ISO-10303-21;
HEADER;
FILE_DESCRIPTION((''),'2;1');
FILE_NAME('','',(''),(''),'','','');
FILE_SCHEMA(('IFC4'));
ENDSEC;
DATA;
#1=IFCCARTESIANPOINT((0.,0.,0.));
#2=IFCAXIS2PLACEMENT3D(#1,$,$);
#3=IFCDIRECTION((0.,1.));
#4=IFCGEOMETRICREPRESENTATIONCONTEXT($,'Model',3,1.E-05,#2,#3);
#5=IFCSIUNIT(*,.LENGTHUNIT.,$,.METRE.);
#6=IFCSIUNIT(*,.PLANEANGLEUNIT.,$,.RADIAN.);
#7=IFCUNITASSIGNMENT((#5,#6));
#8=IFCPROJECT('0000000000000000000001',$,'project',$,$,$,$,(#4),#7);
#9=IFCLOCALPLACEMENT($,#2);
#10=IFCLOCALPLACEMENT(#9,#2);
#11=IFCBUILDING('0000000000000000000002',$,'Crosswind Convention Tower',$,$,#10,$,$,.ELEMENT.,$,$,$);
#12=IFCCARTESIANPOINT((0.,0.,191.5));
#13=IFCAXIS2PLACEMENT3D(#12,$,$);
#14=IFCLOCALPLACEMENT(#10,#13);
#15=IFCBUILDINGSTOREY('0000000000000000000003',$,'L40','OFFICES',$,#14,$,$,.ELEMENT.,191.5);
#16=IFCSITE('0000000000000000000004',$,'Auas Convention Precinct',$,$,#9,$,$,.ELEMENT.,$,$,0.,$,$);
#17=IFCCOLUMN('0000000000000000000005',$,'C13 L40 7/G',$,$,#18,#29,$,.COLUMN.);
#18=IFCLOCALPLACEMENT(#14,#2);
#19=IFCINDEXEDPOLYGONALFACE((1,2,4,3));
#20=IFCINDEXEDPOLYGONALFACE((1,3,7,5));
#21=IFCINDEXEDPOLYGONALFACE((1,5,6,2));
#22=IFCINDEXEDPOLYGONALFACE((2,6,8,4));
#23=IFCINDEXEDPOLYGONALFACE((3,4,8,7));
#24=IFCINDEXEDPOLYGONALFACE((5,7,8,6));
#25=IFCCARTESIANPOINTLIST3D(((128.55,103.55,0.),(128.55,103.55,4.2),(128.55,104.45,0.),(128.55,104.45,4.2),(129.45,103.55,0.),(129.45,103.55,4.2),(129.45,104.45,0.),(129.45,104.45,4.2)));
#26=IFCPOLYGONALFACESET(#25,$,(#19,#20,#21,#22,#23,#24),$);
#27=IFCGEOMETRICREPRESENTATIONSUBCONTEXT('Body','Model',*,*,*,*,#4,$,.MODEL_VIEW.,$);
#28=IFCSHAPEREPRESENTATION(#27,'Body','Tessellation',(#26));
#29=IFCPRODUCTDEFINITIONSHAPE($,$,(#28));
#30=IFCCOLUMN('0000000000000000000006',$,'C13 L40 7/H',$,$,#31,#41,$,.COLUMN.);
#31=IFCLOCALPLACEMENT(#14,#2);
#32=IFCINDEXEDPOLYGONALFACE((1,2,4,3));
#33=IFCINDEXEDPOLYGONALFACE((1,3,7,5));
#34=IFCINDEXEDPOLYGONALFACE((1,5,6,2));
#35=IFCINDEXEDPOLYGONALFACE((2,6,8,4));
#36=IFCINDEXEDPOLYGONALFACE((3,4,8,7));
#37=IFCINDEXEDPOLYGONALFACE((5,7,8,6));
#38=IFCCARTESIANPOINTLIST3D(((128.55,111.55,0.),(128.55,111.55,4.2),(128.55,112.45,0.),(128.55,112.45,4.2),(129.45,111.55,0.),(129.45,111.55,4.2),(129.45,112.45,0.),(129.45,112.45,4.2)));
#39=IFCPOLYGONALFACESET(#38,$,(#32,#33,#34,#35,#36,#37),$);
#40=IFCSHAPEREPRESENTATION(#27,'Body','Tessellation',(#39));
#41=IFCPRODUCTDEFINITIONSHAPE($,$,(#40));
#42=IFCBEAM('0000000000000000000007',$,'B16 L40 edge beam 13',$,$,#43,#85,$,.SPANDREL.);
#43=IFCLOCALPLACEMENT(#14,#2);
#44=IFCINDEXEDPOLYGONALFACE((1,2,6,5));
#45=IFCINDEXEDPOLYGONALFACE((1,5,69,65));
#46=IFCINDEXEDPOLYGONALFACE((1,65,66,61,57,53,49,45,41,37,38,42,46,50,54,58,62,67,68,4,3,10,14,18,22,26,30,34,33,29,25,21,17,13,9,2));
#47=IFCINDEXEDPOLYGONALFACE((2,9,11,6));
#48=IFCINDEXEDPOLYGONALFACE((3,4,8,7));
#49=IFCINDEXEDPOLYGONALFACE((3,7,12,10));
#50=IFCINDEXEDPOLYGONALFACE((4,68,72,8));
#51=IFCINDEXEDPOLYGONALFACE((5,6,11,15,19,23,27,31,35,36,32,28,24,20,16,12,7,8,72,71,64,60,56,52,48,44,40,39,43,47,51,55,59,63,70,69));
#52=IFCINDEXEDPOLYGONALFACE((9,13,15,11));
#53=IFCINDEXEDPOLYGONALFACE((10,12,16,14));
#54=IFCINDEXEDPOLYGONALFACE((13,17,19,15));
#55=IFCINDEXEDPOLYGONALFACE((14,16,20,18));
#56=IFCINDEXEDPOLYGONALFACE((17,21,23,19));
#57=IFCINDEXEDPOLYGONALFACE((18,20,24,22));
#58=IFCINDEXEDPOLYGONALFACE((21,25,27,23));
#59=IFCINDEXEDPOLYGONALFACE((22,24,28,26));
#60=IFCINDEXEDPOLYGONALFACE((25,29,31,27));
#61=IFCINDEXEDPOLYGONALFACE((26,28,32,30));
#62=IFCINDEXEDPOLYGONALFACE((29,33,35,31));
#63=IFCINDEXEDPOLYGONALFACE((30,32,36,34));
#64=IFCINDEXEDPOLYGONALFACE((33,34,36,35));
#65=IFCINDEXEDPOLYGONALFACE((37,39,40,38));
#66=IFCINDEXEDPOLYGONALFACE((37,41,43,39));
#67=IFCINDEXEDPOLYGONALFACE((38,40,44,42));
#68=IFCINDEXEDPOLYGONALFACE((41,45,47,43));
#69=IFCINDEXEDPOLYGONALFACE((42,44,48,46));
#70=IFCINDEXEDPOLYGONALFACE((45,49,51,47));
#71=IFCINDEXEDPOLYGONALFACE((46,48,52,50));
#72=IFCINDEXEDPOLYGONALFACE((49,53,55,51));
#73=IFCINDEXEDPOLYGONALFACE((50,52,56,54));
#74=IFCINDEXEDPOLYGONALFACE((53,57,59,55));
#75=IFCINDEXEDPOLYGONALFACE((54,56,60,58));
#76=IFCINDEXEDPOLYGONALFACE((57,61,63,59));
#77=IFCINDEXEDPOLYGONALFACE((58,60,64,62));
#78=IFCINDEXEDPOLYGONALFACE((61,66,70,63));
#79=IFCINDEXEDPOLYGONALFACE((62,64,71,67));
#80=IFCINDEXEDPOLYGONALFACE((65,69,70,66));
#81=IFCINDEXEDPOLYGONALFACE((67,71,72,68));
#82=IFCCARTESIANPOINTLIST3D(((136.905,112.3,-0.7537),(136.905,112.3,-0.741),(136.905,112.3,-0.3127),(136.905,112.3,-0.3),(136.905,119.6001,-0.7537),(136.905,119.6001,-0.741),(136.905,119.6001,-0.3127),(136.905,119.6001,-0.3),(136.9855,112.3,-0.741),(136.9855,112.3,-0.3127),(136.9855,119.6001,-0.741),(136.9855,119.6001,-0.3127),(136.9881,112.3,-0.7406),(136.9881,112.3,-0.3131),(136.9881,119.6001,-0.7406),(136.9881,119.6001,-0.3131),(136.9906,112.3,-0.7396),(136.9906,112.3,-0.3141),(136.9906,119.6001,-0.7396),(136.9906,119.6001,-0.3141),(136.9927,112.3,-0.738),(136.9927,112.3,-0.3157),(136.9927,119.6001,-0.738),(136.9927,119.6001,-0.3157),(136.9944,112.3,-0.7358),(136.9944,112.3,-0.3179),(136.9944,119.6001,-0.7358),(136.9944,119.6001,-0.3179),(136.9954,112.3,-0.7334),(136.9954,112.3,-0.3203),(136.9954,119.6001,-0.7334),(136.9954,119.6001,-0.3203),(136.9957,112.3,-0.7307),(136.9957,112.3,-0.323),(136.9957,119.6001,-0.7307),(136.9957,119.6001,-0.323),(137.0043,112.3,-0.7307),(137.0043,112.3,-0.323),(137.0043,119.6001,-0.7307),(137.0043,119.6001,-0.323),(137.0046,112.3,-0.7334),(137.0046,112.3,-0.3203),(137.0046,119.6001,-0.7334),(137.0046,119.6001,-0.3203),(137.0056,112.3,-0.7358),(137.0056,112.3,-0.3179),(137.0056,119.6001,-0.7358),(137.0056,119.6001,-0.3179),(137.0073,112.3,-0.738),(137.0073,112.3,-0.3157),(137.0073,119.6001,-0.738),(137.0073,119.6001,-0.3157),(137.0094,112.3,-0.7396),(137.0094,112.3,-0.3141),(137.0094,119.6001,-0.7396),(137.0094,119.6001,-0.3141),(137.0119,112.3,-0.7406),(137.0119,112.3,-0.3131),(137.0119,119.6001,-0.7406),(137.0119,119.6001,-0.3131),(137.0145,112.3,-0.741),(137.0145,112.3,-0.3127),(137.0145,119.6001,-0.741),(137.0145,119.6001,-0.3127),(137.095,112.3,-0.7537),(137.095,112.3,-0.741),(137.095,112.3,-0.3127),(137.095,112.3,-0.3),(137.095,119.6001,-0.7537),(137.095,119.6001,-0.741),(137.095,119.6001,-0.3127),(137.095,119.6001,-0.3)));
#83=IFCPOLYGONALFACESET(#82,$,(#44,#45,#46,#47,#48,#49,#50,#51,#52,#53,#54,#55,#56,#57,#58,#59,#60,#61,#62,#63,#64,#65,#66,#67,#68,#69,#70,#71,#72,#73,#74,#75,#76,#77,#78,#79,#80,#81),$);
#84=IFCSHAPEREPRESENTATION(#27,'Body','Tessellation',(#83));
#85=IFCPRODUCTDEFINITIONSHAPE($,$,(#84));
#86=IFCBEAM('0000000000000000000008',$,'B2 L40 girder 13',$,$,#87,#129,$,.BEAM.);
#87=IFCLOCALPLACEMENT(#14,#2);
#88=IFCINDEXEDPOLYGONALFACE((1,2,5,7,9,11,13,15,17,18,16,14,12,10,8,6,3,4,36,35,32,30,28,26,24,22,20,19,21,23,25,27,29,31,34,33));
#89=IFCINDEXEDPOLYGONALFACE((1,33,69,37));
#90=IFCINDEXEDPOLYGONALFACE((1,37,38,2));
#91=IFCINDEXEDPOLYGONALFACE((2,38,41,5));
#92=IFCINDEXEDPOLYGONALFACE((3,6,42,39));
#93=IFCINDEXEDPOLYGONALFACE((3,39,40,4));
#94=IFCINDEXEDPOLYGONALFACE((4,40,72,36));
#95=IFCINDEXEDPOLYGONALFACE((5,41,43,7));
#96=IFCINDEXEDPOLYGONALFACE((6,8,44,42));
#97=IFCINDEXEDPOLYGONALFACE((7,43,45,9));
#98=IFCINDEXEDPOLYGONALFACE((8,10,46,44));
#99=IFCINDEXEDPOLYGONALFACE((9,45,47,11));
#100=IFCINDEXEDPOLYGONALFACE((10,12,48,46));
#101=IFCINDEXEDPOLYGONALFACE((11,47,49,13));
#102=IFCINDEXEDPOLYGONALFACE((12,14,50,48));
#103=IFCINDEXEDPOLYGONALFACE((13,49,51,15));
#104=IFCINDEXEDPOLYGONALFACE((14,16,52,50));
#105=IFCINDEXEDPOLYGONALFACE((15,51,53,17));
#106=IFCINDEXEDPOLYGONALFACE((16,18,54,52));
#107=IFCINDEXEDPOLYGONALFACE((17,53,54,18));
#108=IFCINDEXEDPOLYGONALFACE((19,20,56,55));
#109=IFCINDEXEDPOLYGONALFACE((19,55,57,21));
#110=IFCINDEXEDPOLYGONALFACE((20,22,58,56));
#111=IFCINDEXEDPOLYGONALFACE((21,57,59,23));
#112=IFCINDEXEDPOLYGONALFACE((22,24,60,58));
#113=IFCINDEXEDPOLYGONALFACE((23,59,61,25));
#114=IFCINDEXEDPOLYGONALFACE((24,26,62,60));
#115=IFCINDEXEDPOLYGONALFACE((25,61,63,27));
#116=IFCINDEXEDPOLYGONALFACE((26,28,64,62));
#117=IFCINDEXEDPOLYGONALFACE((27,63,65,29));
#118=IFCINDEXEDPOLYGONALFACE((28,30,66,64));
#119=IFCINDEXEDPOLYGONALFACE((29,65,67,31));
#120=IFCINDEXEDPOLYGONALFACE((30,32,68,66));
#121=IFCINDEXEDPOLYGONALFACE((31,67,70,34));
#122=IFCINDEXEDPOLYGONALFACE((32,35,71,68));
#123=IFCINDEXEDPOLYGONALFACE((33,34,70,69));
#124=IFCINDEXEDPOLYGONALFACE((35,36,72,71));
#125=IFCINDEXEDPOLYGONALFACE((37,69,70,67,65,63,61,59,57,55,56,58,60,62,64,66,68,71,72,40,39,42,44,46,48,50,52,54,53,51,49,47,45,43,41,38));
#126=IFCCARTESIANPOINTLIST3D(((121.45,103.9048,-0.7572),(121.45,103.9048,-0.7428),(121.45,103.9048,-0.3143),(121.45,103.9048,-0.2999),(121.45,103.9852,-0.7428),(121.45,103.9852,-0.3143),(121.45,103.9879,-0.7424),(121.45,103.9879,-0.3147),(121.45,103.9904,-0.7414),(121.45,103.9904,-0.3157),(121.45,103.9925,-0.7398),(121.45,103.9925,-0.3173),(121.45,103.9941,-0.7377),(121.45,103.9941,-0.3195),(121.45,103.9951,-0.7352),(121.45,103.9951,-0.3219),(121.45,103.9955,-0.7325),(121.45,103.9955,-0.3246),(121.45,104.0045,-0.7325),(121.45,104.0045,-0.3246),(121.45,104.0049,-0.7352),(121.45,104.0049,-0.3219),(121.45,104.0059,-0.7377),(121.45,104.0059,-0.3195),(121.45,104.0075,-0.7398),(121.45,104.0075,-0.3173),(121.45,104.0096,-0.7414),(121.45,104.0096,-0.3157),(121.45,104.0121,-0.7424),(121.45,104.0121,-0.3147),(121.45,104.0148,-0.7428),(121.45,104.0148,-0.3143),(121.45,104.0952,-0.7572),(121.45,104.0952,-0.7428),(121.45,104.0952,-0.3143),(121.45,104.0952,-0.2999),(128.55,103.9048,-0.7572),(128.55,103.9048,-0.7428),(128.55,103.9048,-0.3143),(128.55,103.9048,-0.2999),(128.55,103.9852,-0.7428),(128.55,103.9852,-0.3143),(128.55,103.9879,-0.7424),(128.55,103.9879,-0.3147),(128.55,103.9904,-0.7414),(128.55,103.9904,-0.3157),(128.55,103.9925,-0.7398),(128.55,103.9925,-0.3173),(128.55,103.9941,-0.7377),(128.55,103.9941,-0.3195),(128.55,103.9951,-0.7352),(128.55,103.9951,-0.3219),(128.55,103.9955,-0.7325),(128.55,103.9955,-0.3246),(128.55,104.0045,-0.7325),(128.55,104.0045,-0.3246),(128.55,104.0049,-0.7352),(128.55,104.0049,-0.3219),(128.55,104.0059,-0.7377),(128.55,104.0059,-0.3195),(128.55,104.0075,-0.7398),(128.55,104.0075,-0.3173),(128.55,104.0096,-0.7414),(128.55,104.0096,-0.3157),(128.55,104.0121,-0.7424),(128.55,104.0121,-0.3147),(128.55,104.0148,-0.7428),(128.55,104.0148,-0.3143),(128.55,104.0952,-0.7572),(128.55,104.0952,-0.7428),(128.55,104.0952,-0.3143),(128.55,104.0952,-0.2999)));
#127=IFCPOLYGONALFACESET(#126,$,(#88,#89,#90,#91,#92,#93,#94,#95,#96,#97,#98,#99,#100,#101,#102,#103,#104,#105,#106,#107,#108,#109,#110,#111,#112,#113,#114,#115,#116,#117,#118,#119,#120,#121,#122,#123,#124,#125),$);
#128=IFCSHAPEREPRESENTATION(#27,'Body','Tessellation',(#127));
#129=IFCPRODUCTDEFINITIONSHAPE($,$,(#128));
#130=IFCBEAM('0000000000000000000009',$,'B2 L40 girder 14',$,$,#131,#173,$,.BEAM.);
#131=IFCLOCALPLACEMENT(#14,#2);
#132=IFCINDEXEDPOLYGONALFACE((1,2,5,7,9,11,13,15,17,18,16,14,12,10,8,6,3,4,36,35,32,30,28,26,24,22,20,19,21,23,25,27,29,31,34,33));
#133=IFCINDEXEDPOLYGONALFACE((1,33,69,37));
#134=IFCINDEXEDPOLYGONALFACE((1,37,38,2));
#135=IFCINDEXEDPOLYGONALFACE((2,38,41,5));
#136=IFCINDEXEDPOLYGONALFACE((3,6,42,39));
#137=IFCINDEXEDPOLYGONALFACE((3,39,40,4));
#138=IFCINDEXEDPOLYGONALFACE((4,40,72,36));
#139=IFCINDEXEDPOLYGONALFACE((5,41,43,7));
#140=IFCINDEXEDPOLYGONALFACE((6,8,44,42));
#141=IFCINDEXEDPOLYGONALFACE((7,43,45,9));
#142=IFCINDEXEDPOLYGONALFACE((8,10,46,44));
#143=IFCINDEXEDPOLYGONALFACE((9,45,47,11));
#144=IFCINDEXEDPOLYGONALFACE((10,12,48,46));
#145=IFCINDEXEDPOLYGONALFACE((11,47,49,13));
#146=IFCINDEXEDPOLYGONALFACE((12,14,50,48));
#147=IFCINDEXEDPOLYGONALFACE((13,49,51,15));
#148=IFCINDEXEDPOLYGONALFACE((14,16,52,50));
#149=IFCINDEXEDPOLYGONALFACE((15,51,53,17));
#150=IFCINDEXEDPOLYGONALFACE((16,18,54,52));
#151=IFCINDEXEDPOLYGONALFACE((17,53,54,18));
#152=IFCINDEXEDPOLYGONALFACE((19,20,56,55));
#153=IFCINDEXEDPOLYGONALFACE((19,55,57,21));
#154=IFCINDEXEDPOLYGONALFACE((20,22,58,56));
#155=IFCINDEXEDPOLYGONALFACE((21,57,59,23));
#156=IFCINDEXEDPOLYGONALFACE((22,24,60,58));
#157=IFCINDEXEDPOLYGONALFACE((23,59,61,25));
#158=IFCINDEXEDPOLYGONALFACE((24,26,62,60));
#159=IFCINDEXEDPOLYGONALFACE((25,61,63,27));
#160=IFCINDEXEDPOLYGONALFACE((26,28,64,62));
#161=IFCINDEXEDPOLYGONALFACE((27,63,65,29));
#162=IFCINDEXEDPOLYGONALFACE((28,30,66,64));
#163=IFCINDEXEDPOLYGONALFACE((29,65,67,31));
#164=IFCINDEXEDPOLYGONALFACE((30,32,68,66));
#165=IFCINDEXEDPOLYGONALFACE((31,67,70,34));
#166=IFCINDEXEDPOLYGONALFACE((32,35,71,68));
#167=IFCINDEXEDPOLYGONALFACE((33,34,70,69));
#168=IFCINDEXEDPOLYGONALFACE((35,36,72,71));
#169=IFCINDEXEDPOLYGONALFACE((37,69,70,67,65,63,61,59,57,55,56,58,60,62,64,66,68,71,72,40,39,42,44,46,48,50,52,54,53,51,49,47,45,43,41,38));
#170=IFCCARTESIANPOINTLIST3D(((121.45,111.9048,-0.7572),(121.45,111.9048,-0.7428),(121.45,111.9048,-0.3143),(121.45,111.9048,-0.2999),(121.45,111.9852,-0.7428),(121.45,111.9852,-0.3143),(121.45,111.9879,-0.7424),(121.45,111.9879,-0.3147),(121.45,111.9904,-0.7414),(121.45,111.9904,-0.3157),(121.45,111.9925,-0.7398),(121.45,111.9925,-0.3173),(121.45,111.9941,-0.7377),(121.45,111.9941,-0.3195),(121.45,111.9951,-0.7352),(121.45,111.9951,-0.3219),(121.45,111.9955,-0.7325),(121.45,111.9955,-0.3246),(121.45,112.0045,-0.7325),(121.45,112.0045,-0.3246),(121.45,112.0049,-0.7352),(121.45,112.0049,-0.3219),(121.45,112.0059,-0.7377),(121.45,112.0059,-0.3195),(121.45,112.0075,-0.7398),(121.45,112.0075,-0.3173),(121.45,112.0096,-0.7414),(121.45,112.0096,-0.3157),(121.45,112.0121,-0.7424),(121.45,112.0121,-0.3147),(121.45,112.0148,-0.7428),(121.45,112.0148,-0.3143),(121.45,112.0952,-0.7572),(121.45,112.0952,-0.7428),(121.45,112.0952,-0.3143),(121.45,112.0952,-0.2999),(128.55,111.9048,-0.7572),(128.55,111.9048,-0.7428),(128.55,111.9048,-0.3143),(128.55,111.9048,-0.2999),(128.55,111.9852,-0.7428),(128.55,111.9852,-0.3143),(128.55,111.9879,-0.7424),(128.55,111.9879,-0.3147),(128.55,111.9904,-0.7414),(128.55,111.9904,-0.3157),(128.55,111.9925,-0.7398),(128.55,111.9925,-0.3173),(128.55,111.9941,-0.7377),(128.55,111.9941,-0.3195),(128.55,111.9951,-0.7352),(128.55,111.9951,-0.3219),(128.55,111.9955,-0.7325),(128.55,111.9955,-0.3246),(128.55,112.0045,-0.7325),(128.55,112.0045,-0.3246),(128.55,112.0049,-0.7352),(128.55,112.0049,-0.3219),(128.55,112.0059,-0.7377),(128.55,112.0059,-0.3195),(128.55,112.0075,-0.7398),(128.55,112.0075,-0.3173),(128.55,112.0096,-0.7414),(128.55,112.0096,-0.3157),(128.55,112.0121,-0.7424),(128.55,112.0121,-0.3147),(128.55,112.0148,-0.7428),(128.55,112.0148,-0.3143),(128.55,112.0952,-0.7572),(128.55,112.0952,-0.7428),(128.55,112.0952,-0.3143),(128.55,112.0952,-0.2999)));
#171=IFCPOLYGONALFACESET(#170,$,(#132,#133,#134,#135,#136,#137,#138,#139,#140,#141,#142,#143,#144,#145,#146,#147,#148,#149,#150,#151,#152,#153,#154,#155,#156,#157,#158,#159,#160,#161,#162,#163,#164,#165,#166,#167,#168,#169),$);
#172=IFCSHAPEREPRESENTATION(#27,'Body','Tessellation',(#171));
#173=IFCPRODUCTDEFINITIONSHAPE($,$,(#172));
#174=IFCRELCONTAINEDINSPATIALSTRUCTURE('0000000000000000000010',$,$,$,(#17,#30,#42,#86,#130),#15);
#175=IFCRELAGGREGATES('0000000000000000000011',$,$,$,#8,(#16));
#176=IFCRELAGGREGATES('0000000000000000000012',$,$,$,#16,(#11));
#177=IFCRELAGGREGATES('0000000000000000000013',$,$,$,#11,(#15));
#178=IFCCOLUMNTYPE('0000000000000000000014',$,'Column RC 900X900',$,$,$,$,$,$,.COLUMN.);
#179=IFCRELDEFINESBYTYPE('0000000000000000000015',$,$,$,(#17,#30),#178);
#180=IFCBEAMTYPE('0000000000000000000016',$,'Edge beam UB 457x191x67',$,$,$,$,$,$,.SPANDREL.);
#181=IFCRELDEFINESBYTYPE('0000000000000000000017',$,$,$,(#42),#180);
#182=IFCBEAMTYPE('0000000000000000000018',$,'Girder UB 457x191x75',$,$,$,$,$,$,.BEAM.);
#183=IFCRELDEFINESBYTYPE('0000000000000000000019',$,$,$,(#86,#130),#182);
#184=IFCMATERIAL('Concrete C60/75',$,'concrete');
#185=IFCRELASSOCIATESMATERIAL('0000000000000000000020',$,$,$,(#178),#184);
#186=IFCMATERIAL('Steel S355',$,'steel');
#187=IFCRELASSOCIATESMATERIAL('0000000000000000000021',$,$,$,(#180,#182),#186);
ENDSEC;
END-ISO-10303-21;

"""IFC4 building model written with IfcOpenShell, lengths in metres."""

from ifc_helpers import new_model, si_unit, direction, frame, origin, origin_2d, place, context, subcontext, project, spatial, rectangle, i_section, extrude, material, material_profile, profile_set, type_object, element, save


model = new_model("IFC4")

# Units and contexts
model_context = context("Model", 3, precision=1e-05, world=origin(), true_north=direction((0.0, 1.0)))
body_context = subcontext(model_context, "Body", "Model", "MODEL_VIEW")
ifc_project = project(units=[si_unit("LENGTHUNIT", "METRE"), si_unit("PLANEANGLEUNIT", "RADIAN")], contexts=[model_context])

# Site, building, storey
site_placement = place(None, origin())
site = spatial("IfcSite", under=ifc_project, at=site_placement, Name="Auas Convention Precinct", CompositionType="ELEMENT", RefElevation=0.0)
building_placement = place(site_placement, origin())
building = spatial("IfcBuilding", under=site, at=building_placement, Name="Crosswind Convention Tower", CompositionType="ELEMENT")
storey_placement = place(building_placement, frame((0.0, 0.0, 191.5)))
storey = spatial("IfcBuildingStorey", under=building, at=storey_placement, Name="L40", Description="OFFICES", CompositionType="ELEMENT", Elevation=191.5)

# Columns
ifc_material_1 = material(Name="Concrete C60/75", Category="concrete")
ifc_material_profile_1 = material_profile(ifc_material_1, rectangle(XDim=0.8999, YDim=0.8999, at=origin_2d()), Name="RC 900X900")
ifc_profile_set_1 = profile_set([ifc_material_profile_1], Name="Concrete C60/75")
column_type = type_object("IfcColumnType", Name="Column RC 900X900", PredefinedType="COLUMN", material=ifc_profile_set_1)
for number, where, z_axis, x_axis, name in (
    (1, (129.0, 104.0, 0.0), (0.0, 0.0, 1.0), (1.0, 0.0, 0.0), "C13 L40 7/G"),
    (2, (129.0, 112.0, 0.0), (0.0, 0.0, 1.0), (1.0, 0.0, 0.0), "C13 L40 7/H"),
):
    element("IfcColumn", number, at=place(storey_placement, frame(where, z_axis=z_axis, x_axis=x_axis)), inside=storey, type_object=column_type, Name=name, PredefinedType="COLUMN", context=body_context, shape_type="SweptSolid", body=[
        extrude(rectangle(XDim=0.8999, YDim=0.8999, at=origin_2d()), origin(), (0.0, 0.0, 1.0), 4.2),
    ])

# Beams
ifc_material_2 = material(Name="Steel S355", Category="steel")
ifc_material_profile_2 = material_profile(ifc_material_2, i_section(OverallWidth=0.1899, OverallDepth=0.4536, WebThickness=0.0085, FlangeThickness=0.0127, FilletRadius=0.0103, at=origin_2d()), Name="UB 457x191x67")
ifc_profile_set_2 = profile_set([ifc_material_profile_2], Name="Steel S355")
beam_type_1 = type_object("IfcBeamType", Name="Edge beam UB 457x191x67", PredefinedType="SPANDREL", material=ifc_profile_set_2)
beam_placement = place(storey_placement, frame((137.0, 112.3, -0.5269), z_axis=(0.0, 1.0, 0.0), x_axis=(-1.0, 0.0, 0.0)))
element("IfcBeam", 3, at=beam_placement, inside=storey, type_object=beam_type_1, Name="B16 L40 edge beam 13", PredefinedType="SPANDREL", context=body_context, shape_type="SweptSolid", body=[
    extrude(i_section(OverallWidth=0.1899, OverallDepth=0.4536, WebThickness=0.0085, FlangeThickness=0.0127, FilletRadius=0.0103, at=origin_2d()), origin(), (0.0, 0.0, 1.0), 7.3),
])
ifc_material_profile_3 = material_profile(ifc_material_2, i_section(OverallWidth=0.1904, OverallDepth=0.4573, WebThickness=0.009, FlangeThickness=0.0144, FilletRadius=0.0103, at=origin_2d()), Name="UB 457x191x75")
ifc_profile_set_3 = profile_set([ifc_material_profile_3], Name="Steel S355")
beam_type_2 = type_object("IfcBeamType", Name="Girder UB 457x191x75", PredefinedType="BEAM", material=ifc_profile_set_3)
for number, where, z_axis, x_axis, name in (
    (4, (121.45, 104.0, -0.5286), (1.0, 0.0, 0.0), (0.0, 1.0, 0.0), "B2 L40 girder 13"),
    (5, (121.45, 112.0, -0.5286), (1.0, 0.0, 0.0), (0.0, 1.0, 0.0), "B2 L40 girder 14"),
):
    element("IfcBeam", number, at=place(storey_placement, frame(where, z_axis=z_axis, x_axis=x_axis)), inside=storey, type_object=beam_type_2, Name=name, PredefinedType="BEAM", context=body_context, shape_type="SweptSolid", body=[
        extrude(i_section(OverallWidth=0.1904, OverallDepth=0.4573, WebThickness=0.009, FlangeThickness=0.0144, FilletRadius=0.0103, at=origin_2d()), origin(), (0.0, 0.0, 1.0), 7.1001),
    ])

save(model, "model.ifc")
